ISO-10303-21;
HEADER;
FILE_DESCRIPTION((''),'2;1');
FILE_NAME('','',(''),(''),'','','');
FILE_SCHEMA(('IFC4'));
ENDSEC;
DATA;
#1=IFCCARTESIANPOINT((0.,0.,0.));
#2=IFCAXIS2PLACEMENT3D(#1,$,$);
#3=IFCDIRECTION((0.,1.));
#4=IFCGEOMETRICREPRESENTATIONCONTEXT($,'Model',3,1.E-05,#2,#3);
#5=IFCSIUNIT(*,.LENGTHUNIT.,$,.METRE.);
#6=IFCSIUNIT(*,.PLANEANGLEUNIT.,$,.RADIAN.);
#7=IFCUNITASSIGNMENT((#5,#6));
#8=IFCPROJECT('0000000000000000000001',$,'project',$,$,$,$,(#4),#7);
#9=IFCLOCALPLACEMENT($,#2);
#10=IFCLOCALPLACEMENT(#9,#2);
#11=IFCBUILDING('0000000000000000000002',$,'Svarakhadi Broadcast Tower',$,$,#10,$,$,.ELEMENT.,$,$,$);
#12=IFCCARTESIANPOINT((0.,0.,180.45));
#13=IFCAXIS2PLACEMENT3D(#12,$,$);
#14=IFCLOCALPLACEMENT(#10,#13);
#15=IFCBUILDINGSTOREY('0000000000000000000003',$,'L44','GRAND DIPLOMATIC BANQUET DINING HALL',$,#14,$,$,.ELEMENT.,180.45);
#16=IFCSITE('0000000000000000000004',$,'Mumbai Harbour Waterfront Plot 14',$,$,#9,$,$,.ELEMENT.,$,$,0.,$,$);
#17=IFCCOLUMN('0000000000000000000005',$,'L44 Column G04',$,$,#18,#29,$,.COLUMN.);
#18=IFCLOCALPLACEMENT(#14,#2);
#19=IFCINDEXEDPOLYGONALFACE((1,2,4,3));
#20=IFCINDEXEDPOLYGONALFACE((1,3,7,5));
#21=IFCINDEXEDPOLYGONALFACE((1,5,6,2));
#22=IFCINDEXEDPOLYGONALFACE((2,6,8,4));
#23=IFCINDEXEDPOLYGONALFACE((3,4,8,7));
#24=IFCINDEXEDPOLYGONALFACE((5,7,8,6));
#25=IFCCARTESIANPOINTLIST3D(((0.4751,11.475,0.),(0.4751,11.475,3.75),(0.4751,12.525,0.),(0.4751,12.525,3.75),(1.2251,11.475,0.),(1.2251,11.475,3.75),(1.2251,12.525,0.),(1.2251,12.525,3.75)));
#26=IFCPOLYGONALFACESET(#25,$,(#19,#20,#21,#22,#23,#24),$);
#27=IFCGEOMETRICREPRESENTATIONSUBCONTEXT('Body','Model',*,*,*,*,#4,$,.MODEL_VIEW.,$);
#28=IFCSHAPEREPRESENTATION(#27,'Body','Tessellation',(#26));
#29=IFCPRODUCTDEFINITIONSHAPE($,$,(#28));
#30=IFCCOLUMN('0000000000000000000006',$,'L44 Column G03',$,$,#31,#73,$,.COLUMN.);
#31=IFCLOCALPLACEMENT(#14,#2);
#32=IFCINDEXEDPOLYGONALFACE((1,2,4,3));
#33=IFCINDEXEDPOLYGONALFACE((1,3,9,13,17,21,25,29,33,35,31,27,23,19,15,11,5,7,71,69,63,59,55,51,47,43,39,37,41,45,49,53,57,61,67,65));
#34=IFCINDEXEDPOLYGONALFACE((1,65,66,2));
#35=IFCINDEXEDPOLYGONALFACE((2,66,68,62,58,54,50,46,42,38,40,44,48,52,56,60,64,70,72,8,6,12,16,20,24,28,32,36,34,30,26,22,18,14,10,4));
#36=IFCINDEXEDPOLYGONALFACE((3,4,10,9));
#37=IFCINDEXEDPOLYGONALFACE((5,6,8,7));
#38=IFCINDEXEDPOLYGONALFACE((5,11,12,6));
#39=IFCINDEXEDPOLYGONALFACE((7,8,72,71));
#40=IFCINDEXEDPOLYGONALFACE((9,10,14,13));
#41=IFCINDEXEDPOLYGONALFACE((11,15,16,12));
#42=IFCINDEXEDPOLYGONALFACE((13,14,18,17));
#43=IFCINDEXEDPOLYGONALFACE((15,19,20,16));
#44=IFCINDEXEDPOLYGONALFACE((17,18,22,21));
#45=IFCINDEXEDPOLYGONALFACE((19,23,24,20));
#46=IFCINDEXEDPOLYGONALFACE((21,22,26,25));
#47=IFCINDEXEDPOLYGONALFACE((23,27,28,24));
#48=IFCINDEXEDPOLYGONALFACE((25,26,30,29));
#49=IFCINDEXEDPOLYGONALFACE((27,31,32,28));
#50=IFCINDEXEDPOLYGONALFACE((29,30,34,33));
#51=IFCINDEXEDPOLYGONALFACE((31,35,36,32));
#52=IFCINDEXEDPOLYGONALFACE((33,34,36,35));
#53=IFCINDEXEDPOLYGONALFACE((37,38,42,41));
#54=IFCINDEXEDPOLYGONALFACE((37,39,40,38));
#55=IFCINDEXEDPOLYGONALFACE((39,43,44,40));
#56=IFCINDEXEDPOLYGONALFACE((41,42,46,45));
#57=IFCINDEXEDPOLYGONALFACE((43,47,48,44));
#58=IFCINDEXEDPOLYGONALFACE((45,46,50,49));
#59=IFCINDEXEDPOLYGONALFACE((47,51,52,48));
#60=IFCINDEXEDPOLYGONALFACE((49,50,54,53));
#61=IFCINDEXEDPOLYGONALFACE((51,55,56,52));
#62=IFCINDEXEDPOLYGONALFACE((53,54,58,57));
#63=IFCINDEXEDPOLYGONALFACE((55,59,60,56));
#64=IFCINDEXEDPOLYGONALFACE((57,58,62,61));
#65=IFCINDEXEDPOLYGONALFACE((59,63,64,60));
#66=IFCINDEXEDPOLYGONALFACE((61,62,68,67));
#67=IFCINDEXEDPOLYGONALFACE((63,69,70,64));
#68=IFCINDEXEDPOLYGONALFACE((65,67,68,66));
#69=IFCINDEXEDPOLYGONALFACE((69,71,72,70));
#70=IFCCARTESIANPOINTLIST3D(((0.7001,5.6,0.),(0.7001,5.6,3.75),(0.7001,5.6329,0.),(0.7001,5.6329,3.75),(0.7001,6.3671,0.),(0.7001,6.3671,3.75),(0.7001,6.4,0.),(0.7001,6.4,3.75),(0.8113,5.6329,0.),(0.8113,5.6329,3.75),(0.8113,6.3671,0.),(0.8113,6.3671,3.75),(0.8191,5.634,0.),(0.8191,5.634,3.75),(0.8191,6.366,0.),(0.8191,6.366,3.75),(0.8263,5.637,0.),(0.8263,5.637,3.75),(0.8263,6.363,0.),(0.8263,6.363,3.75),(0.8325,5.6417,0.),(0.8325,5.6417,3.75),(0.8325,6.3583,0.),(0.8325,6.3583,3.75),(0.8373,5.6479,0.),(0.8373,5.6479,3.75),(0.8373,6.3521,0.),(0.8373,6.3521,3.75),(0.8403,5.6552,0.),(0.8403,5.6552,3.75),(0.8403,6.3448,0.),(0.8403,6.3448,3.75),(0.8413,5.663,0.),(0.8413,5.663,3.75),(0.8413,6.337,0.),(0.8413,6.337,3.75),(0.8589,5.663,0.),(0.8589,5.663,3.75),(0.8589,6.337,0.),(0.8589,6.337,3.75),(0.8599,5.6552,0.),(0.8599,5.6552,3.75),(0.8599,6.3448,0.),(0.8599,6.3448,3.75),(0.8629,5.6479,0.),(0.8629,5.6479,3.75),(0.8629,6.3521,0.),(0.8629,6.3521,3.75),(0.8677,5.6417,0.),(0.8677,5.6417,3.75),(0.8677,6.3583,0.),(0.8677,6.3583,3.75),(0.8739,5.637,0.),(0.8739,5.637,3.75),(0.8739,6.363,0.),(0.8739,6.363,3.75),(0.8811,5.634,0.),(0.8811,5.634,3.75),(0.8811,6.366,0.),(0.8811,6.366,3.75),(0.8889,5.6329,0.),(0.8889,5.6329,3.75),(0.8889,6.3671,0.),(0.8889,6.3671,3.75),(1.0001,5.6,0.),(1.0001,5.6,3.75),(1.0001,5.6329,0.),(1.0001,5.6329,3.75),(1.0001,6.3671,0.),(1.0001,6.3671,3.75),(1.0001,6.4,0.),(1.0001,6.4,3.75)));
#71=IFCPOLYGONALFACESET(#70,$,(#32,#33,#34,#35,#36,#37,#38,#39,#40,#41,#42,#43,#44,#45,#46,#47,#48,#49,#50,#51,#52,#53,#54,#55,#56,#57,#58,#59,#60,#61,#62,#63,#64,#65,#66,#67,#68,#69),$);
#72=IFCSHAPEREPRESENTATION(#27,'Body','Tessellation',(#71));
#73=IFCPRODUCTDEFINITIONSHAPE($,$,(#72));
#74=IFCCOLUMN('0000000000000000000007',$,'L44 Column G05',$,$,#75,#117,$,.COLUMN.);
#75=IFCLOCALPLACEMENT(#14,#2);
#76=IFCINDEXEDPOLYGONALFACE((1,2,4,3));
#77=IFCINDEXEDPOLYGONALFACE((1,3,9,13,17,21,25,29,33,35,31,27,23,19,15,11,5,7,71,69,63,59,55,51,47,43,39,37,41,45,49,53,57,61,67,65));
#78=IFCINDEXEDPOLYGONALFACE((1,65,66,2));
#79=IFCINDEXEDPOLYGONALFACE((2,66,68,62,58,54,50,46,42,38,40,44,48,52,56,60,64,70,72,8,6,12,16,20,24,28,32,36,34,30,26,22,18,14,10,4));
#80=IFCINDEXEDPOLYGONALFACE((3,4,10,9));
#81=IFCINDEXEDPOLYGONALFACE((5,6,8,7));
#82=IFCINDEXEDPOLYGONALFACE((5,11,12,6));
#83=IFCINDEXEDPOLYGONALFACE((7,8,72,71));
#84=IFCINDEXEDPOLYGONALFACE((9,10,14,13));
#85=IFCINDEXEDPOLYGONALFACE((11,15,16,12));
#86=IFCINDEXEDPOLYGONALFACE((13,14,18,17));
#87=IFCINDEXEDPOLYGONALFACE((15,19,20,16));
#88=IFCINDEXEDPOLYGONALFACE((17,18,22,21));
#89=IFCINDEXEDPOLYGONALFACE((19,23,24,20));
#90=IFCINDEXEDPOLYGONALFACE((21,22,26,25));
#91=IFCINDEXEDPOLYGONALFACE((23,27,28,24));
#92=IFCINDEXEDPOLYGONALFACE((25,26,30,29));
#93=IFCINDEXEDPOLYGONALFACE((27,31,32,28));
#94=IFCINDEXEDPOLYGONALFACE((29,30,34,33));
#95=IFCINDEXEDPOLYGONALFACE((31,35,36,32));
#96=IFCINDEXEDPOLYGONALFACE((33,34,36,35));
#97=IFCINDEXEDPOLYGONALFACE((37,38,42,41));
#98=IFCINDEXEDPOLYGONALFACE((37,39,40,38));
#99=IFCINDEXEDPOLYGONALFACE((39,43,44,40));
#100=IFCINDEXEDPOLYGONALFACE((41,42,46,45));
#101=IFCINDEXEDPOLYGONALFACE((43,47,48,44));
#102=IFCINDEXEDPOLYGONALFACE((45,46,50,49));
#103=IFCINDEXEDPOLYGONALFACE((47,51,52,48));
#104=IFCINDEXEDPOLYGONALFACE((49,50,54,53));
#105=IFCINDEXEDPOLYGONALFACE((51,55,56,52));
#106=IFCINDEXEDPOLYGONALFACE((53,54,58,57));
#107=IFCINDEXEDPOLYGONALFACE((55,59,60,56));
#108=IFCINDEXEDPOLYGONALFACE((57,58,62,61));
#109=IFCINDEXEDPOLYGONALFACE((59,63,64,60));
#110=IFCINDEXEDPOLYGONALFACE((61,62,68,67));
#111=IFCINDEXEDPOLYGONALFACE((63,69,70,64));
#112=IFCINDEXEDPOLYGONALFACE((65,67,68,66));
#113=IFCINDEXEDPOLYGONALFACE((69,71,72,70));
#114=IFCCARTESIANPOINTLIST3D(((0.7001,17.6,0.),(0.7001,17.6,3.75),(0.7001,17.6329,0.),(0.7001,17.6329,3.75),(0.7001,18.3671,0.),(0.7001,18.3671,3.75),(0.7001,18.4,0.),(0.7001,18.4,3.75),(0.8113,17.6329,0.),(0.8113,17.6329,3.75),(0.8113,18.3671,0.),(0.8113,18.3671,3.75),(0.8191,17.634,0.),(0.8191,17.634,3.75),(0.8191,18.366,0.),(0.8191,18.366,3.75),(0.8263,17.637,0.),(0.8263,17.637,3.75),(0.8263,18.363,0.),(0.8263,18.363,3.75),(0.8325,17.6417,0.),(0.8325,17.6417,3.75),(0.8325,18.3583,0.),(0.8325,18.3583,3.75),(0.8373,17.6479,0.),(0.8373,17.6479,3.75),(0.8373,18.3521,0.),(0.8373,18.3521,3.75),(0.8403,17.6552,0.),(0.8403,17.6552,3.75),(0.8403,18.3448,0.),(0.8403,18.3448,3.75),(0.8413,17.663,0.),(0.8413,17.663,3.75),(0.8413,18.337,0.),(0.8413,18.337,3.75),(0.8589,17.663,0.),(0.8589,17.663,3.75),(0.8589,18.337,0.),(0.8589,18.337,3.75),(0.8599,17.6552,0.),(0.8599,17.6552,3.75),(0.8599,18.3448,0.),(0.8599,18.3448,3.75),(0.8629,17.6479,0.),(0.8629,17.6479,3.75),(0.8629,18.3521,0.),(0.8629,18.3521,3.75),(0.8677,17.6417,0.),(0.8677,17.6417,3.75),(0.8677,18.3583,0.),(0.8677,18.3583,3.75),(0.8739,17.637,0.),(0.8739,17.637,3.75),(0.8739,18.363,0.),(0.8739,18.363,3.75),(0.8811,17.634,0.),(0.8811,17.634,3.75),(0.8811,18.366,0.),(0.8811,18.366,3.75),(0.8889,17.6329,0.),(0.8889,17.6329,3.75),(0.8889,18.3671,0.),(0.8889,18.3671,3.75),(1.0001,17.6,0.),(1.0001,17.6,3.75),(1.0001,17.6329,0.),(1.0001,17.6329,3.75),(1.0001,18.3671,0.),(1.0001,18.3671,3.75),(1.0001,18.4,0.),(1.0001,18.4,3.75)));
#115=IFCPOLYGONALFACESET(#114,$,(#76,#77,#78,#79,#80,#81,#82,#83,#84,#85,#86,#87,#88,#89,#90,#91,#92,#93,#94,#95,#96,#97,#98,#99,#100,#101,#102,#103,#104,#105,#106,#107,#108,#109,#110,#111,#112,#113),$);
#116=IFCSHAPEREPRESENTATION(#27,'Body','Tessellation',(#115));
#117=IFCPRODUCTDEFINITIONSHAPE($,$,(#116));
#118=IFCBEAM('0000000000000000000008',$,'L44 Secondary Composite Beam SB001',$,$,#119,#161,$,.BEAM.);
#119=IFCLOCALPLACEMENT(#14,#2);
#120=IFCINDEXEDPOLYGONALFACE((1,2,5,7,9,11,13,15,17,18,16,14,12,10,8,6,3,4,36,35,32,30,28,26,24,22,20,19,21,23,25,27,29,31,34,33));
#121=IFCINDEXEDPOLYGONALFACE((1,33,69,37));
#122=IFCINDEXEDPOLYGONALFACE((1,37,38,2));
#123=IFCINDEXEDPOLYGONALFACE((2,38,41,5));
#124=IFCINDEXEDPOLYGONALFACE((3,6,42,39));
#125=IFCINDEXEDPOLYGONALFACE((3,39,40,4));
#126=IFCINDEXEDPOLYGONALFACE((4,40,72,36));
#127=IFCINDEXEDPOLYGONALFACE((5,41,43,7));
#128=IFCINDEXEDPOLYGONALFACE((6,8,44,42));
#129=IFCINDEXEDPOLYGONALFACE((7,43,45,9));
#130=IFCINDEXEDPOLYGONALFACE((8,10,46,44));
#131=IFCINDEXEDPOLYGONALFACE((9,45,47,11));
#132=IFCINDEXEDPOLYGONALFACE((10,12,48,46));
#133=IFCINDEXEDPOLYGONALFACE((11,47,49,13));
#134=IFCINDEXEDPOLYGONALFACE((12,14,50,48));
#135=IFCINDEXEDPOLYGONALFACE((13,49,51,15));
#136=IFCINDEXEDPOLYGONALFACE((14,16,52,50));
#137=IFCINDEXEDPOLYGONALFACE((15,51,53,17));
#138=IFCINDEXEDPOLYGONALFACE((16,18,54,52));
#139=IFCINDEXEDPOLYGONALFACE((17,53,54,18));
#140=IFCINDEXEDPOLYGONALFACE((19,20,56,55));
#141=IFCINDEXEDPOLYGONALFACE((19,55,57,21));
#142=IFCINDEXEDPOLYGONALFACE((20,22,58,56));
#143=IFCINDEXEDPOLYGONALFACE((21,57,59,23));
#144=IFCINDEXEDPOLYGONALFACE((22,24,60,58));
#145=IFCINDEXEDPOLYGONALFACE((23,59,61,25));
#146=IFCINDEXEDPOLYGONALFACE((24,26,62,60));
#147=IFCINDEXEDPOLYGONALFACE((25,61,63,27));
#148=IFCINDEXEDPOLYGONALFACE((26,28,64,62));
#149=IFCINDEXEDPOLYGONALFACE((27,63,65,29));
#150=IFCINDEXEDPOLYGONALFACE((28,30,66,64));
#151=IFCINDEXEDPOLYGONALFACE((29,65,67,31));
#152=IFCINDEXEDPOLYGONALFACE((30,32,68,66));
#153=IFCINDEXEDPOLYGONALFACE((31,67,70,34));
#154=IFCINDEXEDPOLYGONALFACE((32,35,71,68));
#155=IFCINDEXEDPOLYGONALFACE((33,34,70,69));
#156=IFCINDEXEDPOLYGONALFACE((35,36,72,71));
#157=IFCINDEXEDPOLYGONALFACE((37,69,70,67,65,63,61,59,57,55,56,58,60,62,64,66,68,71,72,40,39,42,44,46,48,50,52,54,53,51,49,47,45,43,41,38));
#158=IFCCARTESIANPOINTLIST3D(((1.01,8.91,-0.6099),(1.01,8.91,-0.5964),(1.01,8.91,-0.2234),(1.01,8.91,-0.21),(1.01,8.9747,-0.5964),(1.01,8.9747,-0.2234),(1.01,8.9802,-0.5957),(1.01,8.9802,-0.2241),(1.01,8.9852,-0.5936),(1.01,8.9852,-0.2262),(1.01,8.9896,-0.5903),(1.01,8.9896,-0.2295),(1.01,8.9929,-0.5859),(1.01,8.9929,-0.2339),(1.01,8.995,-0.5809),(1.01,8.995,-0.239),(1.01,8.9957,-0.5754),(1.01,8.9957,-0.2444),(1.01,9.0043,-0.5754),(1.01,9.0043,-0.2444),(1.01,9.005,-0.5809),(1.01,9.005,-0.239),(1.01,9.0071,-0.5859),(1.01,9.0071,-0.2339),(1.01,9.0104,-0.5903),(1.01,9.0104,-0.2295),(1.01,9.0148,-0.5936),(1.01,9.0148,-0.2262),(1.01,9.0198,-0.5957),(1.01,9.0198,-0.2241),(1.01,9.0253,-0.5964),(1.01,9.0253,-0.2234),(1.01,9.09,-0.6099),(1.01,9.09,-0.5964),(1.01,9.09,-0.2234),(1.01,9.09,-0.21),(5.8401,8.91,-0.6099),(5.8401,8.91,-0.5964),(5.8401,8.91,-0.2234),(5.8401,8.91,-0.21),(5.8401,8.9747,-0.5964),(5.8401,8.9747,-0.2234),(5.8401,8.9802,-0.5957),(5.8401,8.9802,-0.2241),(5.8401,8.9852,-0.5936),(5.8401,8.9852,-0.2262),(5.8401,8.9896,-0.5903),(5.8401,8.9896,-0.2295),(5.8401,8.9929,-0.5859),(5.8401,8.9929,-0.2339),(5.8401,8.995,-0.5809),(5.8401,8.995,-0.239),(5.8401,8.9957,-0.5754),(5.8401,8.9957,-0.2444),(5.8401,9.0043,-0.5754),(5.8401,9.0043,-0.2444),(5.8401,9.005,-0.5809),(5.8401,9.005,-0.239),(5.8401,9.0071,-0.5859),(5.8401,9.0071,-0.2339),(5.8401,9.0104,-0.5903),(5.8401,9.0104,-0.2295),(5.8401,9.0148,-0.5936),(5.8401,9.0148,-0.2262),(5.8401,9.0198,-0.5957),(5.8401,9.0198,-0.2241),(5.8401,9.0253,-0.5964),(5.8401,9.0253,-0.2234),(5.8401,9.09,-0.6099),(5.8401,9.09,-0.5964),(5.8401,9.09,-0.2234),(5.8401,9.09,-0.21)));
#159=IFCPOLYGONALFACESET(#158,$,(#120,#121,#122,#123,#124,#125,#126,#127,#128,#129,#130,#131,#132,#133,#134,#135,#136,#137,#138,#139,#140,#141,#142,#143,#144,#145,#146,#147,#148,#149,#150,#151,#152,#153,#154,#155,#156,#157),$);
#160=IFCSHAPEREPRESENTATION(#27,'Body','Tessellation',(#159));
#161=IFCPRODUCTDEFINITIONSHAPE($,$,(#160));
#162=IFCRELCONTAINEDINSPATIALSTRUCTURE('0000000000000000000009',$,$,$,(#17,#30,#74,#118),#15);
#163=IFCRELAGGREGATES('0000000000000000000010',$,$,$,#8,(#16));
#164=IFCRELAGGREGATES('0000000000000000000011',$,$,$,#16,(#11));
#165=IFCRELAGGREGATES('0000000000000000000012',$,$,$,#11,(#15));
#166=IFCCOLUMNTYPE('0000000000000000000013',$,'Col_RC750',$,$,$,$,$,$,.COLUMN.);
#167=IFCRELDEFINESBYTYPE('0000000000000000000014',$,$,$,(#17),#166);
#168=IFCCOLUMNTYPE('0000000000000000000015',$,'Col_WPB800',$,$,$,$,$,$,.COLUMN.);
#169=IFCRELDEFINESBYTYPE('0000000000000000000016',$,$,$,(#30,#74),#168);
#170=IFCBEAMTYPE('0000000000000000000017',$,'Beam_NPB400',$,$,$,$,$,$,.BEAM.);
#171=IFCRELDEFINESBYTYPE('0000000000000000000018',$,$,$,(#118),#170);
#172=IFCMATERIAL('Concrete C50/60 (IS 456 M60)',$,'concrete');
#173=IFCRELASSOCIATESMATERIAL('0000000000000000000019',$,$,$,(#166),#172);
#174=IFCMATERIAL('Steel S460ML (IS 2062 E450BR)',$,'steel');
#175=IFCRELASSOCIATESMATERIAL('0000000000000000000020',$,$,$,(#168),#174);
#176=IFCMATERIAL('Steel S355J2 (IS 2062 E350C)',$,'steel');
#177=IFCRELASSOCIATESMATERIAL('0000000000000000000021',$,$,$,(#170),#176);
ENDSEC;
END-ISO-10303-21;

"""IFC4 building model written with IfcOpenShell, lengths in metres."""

from ifc_helpers import new_model, si_unit, direction, frame, origin, origin_2d, place, context, subcontext, project, spatial, rectangle, i_section, extrude, material, material_profile, profile_set, type_object, element, save


model = new_model("IFC4")

# Units and contexts
model_context = context("Model", 3, precision=1e-05, world=origin(), true_north=direction((0.0, 1.0)))
body_context = subcontext(model_context, "Body", "Model", "MODEL_VIEW")
ifc_project = project(units=[si_unit("LENGTHUNIT", "METRE"), si_unit("PLANEANGLEUNIT", "RADIAN")], contexts=[model_context])

# Site, building, storey
site_placement = place(None, origin())
site = spatial("IfcSite", under=ifc_project, at=site_placement, Name="Mumbai Harbour Waterfront Plot 14", CompositionType="ELEMENT", RefElevation=0.0)
building_placement = place(site_placement, origin())
building = spatial("IfcBuilding", under=site, at=building_placement, Name="Svarakhadi Broadcast Tower", CompositionType="ELEMENT")
storey_placement = place(building_placement, frame((0.0, 0.0, 180.45)))
storey = spatial("IfcBuildingStorey", under=building, at=storey_placement, Name="L44", Description="GRAND DIPLOMATIC BANQUET DINING HALL", CompositionType="ELEMENT", Elevation=180.45)

# Columns
ifc_material_1 = material(Name="Concrete C50/60 (IS 456 M60)", Category="concrete")
ifc_material_profile_1 = material_profile(ifc_material_1, rectangle(XDim=0.75, YDim=1.05, at=origin_2d()), Name="RC 750x1050")
ifc_profile_set_1 = profile_set([ifc_material_profile_1], Name="Concrete C50/60 (IS 456 M60)")
column_type_1 = type_object("IfcColumnType", Name="Col_RC750", PredefinedType="COLUMN", material=ifc_profile_set_1)
column_placement = place(storey_placement, frame((0.8501, 12.0, 0.0), z_axis=(0.0, 0.0, 1.0), x_axis=(1.0, 0.0, 0.0)))
element("IfcColumn", 1, at=column_placement, inside=storey, type_object=column_type_1, Name="L44 Column G04", PredefinedType="COLUMN", context=body_context, shape_type="SweptSolid", body=[
    extrude(rectangle(XDim=0.75, YDim=1.05, at=origin_2d()), origin(), (0.0, 0.0, 1.0), 3.75),
])
ifc_material_2 = material(Name="Steel S460ML (IS 2062 E450BR)", Category="steel")
ifc_material_profile_2 = material_profile(ifc_material_2, i_section(OverallWidth=0.3, OverallDepth=0.8, WebThickness=0.0176, FlangeThickness=0.033, FilletRadius=0.03, at=origin_2d()), Name="WPB 800x300x262")
ifc_profile_set_2 = profile_set([ifc_material_profile_2], Name="Steel S460ML (IS 2062 E450BR)")
column_type_2 = type_object("IfcColumnType", Name="Col_WPB800", PredefinedType="COLUMN", material=ifc_profile_set_2)
for number, where, z_axis, x_axis, name in (
    (2, (0.8501, 6.0, 0.0), (0.0, 0.0, 1.0), (1.0, 0.0, 0.0), "L44 Column G03"),
    (3, (0.8501, 18.0, 0.0), (0.0, 0.0, 1.0), (1.0, 0.0, 0.0), "L44 Column G05"),
):
    element("IfcColumn", number, at=place(storey_placement, frame(where, z_axis=z_axis, x_axis=x_axis)), inside=storey, type_object=column_type_2, Name=name, PredefinedType="COLUMN", context=body_context, shape_type="SweptSolid", body=[
        extrude(i_section(OverallWidth=0.3, OverallDepth=0.8, WebThickness=0.0176, FlangeThickness=0.033, FilletRadius=0.03, at=origin_2d()), origin(), (0.0, 0.0, 1.0), 3.75),
    ])

# Beam
ifc_material_3 = material(Name="Steel S355J2 (IS 2062 E350C)", Category="steel")
ifc_material_profile_3 = material_profile(ifc_material_3, i_section(OverallWidth=0.1799, OverallDepth=0.3999, WebThickness=0.0085, FlangeThickness=0.0134, FilletRadius=0.021, at=origin_2d()), Name="NPB 400x180x66")
ifc_profile_set_3 = profile_set([ifc_material_profile_3], Name="Steel S355J2 (IS 2062 E350C)")
beam_type_1 = type_object("IfcBeamType", Name="Beam_NPB400", PredefinedType="BEAM", material=ifc_profile_set_3)
for number, where, z_axis, x_axis, name in (
    (4, (1.01, 9.0, -0.4099), (1.0, 0.0, 0.0), (0.0, 1.0, 0.0), "L44 Secondary Composite Beam SB001"),
):
    element("IfcBeam", number, at=place(storey_placement, frame(where, z_axis=z_axis, x_axis=x_axis)), inside=storey, type_object=beam_type_1, Name=name, PredefinedType="BEAM", context=body_context, shape_type="SweptSolid", body=[
        extrude(i_section(OverallWidth=0.1799, OverallDepth=0.3999, WebThickness=0.0085, FlangeThickness=0.0134, FilletRadius=0.021, at=origin_2d()), origin(), (0.0, 0.0, 1.0), 4.8301),
    ])

save(model, "model.ifc")
